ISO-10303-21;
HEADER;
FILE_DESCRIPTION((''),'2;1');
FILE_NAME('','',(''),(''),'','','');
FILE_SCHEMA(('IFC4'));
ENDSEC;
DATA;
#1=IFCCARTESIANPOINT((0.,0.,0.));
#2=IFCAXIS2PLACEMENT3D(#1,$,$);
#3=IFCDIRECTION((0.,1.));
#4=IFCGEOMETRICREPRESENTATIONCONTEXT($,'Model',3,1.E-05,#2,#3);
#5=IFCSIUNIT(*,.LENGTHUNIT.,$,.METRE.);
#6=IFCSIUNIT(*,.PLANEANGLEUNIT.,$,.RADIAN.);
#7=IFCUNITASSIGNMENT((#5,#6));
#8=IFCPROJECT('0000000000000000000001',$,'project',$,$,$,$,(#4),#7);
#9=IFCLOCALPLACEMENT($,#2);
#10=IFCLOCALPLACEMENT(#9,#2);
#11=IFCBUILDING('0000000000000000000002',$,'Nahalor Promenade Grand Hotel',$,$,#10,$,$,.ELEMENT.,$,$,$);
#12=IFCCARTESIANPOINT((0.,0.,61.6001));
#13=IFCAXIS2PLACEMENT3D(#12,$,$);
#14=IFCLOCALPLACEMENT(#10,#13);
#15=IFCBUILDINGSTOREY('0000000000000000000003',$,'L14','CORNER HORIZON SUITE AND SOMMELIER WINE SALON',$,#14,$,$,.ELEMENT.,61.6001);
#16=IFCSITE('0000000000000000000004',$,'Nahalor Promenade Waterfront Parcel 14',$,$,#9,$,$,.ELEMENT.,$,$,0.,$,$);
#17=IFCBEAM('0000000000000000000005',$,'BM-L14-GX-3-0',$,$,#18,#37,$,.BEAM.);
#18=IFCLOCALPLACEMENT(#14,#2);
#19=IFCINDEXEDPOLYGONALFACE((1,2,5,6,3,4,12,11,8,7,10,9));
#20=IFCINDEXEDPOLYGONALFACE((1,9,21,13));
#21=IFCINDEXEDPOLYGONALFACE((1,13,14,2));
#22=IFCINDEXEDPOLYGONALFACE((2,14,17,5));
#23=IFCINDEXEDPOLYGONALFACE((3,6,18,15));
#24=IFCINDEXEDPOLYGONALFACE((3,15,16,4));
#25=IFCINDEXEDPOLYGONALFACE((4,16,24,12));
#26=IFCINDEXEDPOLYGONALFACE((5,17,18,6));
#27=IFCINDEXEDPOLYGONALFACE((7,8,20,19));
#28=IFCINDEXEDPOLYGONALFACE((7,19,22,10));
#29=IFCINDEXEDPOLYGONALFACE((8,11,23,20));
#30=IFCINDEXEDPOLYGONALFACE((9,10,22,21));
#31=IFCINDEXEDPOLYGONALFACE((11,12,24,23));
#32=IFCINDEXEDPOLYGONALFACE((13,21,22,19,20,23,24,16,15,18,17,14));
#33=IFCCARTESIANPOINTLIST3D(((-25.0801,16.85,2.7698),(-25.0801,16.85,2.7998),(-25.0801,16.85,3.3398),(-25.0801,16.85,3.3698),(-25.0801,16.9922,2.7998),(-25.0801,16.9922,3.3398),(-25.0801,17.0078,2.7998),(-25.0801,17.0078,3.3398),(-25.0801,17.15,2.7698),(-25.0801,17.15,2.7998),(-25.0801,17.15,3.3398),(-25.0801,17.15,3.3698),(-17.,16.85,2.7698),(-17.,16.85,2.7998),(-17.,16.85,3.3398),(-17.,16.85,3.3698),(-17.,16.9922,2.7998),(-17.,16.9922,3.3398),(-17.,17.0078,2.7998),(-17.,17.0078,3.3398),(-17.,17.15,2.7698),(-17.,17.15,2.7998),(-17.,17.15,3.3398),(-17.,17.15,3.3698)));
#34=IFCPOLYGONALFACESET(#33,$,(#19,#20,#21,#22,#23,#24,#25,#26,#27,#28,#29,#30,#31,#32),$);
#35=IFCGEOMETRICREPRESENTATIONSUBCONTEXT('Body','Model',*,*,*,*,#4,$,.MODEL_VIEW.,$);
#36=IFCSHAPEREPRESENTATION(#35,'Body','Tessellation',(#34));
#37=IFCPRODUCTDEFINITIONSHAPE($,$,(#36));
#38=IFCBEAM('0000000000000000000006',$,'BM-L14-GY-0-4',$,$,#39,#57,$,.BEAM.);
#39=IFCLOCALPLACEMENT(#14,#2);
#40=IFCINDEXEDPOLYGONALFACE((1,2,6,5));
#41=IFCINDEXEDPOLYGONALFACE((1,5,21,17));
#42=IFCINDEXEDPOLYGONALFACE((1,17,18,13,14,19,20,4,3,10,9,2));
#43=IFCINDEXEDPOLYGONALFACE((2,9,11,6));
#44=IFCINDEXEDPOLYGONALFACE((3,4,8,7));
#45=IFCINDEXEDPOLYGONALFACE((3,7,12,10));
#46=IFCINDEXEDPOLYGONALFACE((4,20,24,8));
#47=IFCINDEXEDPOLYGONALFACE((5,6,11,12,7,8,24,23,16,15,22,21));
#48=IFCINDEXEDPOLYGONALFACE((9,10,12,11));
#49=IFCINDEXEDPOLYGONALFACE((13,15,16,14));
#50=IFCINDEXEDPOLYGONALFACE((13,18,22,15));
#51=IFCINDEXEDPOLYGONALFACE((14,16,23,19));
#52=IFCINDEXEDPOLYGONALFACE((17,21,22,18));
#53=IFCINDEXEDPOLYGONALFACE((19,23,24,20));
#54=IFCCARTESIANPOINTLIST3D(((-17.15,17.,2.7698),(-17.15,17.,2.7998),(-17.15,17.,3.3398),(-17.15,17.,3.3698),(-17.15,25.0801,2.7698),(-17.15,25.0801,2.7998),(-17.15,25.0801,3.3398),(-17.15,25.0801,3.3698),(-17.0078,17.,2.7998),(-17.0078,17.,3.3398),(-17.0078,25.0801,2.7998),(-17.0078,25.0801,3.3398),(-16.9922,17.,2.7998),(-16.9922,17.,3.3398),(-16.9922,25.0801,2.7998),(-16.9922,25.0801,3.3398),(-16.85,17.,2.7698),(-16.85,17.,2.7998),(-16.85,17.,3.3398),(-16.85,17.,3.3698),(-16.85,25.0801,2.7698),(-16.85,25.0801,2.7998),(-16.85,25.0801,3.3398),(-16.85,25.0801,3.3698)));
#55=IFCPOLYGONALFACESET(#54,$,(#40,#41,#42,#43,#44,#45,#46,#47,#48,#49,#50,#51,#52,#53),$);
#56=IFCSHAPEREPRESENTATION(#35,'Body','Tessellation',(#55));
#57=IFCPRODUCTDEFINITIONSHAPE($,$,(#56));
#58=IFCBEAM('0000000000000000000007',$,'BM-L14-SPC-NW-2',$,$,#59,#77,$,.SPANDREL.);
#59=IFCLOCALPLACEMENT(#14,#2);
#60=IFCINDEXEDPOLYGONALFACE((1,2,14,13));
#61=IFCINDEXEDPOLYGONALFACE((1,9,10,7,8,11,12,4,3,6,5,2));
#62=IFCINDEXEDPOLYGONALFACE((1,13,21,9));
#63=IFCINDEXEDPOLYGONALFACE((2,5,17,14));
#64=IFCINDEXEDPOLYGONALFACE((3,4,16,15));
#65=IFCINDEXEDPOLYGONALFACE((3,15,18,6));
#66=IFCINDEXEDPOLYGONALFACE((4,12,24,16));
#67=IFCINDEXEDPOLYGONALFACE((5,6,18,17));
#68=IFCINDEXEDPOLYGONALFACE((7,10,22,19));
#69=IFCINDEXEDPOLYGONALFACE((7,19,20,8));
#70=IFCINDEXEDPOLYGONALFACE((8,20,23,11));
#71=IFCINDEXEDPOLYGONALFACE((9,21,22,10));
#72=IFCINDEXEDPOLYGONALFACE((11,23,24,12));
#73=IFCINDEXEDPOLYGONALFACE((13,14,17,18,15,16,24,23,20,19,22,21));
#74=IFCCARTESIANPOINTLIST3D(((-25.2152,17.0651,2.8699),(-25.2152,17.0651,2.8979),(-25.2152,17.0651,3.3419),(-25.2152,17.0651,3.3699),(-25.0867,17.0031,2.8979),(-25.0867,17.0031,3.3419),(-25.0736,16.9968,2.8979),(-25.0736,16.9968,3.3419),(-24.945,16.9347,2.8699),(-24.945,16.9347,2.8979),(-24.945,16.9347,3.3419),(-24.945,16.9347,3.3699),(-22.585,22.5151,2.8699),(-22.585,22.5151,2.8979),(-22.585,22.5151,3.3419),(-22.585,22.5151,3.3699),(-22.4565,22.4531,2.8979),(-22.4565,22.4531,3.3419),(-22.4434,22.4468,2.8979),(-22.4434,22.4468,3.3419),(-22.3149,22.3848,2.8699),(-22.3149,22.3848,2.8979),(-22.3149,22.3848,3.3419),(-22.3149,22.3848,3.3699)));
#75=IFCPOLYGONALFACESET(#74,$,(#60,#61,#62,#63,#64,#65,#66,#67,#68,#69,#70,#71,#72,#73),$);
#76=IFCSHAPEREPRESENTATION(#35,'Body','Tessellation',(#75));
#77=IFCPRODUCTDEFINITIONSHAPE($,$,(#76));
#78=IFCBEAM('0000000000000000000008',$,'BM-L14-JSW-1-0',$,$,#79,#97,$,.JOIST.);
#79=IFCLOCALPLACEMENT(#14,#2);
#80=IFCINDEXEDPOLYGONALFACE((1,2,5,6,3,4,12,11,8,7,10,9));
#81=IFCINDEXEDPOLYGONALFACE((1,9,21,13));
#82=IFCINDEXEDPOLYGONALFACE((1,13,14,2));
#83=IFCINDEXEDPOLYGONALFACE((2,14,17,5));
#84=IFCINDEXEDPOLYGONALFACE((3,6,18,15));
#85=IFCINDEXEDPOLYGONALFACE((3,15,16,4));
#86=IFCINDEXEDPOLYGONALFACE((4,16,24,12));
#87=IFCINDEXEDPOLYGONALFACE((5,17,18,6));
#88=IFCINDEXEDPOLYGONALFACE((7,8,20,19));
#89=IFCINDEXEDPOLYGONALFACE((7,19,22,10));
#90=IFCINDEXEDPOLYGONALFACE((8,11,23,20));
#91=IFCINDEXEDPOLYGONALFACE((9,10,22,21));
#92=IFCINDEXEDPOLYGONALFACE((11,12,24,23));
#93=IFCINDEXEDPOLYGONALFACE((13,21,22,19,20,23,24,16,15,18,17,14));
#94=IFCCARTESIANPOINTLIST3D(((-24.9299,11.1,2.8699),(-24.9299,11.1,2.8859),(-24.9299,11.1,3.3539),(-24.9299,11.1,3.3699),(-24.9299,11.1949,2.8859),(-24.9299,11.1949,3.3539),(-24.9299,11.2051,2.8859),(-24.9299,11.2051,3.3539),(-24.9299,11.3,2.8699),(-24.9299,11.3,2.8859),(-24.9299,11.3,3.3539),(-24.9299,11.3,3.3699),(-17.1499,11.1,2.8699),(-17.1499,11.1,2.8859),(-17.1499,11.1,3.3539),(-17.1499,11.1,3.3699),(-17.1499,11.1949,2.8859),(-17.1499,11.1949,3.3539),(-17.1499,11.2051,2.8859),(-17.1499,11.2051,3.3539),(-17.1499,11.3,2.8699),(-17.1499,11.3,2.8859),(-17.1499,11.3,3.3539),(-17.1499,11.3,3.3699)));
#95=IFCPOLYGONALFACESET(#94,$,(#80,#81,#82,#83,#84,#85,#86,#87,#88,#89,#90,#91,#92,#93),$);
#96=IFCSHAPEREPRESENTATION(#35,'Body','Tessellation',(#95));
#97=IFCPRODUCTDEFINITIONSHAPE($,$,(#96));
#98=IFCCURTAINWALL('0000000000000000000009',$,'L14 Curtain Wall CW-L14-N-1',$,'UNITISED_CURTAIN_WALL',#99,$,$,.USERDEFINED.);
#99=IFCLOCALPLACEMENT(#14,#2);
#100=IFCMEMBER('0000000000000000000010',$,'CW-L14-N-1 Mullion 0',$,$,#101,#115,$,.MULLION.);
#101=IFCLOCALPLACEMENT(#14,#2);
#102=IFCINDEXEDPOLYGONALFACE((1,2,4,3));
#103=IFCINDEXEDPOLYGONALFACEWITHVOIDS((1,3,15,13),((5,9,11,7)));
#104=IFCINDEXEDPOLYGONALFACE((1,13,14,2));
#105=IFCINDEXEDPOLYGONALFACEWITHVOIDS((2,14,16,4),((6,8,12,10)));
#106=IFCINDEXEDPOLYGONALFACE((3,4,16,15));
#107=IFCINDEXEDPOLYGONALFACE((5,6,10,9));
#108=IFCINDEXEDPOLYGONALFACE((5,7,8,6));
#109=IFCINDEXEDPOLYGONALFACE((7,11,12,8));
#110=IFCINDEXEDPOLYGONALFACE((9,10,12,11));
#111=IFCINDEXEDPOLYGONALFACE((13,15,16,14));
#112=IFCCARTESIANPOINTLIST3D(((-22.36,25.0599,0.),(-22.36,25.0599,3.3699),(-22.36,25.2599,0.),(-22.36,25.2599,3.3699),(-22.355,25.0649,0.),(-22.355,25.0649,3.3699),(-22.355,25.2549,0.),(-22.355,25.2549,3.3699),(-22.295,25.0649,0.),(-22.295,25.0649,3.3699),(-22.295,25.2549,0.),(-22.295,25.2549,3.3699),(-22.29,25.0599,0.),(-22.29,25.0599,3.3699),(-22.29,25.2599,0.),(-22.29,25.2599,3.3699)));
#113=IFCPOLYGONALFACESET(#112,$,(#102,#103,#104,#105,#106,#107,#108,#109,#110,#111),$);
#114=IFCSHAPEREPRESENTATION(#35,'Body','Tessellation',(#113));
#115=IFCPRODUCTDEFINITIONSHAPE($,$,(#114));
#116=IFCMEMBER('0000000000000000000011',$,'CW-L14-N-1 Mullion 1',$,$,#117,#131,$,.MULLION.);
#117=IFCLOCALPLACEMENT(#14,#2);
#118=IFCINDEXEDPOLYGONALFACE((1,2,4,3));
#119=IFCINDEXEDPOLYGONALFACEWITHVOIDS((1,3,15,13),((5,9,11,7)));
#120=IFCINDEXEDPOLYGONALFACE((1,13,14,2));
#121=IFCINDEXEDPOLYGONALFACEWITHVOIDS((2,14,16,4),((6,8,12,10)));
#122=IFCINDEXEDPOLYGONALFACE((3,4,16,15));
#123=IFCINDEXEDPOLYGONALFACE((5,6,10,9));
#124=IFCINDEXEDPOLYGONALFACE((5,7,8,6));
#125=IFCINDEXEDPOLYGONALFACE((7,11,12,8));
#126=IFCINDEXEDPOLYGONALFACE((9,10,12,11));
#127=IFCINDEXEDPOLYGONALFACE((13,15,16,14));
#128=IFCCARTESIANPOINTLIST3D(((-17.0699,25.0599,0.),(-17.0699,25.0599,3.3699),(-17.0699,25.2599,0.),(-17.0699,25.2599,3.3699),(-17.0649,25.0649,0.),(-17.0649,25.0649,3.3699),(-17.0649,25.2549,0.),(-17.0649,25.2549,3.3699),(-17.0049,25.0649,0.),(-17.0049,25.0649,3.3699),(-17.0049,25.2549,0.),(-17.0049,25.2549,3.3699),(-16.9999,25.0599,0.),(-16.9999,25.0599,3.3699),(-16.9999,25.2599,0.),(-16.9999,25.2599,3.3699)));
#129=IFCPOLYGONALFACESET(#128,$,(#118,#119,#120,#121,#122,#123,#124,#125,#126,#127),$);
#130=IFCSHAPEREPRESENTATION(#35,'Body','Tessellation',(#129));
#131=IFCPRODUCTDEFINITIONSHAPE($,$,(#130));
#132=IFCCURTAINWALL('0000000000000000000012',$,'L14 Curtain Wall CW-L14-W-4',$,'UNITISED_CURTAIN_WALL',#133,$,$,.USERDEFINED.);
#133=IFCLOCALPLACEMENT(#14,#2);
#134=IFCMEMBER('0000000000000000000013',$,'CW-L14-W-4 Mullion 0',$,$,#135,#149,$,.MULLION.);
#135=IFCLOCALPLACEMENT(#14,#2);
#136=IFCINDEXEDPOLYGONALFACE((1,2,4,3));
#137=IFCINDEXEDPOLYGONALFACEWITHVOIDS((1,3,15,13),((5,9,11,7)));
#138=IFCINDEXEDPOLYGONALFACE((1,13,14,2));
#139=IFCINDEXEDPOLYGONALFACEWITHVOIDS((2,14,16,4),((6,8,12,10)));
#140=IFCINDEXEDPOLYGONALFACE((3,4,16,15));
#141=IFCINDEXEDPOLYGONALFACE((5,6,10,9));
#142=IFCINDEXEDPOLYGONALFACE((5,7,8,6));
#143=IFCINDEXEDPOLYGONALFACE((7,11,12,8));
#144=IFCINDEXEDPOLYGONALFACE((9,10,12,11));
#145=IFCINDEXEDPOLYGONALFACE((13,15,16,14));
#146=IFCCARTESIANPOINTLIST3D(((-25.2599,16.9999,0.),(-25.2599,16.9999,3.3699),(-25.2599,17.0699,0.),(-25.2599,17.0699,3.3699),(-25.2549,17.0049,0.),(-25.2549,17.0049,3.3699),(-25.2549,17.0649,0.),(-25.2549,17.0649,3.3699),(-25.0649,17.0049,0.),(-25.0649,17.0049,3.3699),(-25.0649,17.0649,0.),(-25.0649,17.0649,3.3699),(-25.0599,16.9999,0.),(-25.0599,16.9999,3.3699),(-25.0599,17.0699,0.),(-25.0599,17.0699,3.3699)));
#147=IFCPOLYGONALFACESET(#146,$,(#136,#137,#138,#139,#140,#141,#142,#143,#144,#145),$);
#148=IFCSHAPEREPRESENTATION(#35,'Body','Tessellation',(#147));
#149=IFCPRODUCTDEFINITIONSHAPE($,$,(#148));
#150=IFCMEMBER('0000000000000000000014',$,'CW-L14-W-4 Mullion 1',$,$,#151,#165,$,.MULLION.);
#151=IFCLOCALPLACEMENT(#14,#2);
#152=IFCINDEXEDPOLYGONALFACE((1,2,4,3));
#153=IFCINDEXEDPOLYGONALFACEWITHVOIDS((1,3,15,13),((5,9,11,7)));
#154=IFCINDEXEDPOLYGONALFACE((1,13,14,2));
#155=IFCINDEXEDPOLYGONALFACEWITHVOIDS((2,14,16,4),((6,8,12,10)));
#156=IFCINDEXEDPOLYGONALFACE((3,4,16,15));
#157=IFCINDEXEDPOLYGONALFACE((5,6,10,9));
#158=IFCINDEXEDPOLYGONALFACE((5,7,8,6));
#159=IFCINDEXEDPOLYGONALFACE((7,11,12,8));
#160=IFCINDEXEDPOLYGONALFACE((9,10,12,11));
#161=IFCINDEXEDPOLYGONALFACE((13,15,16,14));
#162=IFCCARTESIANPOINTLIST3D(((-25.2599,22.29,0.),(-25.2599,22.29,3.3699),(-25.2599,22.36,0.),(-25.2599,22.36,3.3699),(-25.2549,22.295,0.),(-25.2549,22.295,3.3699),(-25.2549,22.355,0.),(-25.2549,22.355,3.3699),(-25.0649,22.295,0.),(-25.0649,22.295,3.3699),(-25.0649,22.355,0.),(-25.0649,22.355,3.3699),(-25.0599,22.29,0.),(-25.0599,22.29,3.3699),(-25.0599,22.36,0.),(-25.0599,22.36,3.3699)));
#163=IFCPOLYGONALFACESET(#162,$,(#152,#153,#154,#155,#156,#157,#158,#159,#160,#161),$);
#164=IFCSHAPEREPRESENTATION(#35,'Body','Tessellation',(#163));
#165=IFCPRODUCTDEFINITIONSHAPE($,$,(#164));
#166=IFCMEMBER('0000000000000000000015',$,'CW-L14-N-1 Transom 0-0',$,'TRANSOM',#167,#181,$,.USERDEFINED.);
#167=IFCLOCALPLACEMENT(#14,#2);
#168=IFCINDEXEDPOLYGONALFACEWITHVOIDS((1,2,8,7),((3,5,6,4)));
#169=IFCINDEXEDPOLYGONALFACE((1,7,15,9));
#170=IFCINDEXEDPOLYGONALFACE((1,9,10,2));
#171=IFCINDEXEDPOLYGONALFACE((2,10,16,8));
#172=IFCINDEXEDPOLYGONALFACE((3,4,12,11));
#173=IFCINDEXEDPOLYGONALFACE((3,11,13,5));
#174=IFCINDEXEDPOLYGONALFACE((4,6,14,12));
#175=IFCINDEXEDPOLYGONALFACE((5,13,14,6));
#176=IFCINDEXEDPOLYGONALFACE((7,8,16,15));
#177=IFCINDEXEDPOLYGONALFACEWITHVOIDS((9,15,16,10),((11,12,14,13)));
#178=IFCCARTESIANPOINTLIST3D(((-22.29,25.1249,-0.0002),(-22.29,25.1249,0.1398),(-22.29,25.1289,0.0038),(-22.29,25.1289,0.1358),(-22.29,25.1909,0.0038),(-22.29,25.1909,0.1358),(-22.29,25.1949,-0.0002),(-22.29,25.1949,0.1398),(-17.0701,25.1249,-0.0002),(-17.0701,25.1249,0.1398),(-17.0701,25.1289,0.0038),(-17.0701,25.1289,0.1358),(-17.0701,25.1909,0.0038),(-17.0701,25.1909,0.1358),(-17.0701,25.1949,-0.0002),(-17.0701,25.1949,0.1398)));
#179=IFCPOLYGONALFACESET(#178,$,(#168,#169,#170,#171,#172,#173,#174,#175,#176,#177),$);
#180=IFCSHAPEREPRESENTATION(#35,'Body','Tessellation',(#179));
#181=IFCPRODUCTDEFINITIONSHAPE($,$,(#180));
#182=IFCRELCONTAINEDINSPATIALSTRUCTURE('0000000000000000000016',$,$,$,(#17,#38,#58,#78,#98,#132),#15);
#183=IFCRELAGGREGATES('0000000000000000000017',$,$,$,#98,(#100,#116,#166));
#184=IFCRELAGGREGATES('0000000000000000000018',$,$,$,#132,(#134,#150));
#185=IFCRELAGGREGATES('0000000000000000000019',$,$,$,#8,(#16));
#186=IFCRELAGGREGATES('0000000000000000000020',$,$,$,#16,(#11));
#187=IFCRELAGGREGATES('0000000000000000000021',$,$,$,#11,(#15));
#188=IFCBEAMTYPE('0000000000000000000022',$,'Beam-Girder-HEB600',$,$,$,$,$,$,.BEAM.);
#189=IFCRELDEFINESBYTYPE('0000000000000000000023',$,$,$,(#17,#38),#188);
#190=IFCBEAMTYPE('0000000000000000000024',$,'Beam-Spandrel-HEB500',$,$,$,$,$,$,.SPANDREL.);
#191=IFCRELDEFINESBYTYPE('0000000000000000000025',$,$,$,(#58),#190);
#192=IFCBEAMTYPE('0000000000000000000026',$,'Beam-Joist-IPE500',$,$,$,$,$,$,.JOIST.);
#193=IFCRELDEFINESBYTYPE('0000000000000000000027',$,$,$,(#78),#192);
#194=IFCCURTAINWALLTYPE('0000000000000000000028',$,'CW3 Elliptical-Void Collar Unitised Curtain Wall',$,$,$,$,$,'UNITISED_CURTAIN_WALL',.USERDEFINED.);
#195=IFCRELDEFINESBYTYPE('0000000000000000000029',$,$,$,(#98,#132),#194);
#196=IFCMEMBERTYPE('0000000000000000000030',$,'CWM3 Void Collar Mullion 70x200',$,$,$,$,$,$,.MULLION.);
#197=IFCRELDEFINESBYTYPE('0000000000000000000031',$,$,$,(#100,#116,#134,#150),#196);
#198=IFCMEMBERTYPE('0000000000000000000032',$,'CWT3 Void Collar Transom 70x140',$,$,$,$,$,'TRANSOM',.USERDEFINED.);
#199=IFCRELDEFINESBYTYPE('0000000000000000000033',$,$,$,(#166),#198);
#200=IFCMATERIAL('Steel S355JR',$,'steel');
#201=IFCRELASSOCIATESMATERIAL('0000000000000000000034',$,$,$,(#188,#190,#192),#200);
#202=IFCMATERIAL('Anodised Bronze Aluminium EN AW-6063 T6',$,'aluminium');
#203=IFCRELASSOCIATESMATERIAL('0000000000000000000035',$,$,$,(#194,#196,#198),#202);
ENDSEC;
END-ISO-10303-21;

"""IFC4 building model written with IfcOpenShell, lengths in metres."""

from ifc_helpers import new_model, si_unit, direction, frame, origin, origin_2d, place, context, subcontext, project, spatial, hollow_rectangle, i_section, extrude, source, transform, mapped, material, material_profile, profile_set, type_object, element, aggregate, save


model = new_model("IFC4")

# Units and contexts
model_context = context("Model", 3, precision=1e-05, world=origin(), true_north=direction((0.0, 1.0)))
body_context = subcontext(model_context, "Body", "Model", "MODEL_VIEW")
ifc_project = project(units=[si_unit("LENGTHUNIT", "METRE"), si_unit("PLANEANGLEUNIT", "RADIAN")], contexts=[model_context])

# Site, building, storey
site_placement = place(None, origin())
site = spatial("IfcSite", under=ifc_project, at=site_placement, Name="Nahalor Promenade Waterfront Parcel 14", CompositionType="ELEMENT", RefElevation=0.0)
building_placement = place(site_placement, origin())
building = spatial("IfcBuilding", under=site, at=building_placement, Name="Nahalor Promenade Grand Hotel", CompositionType="ELEMENT")
storey_placement = place(building_placement, frame((0.0, 0.0, 61.6001)))
storey = spatial("IfcBuildingStorey", under=building, at=storey_placement, Name="L14", Description="CORNER HORIZON SUITE AND SOMMELIER WINE SALON", CompositionType="ELEMENT", Elevation=61.6001)

# Beams
ifc_material_1 = material(Name="Steel S355JR", Category="steel")
ifc_material_profile_1 = material_profile(ifc_material_1, i_section(OverallWidth=0.3, OverallDepth=0.6, WebThickness=0.0155, FlangeThickness=0.03, at=origin_2d()), Name="HEB 600")
ifc_profile_set_1 = profile_set([ifc_material_profile_1], Name="Steel S355JR")
beam_type_1 = type_object("IfcBeamType", Name="Beam-Girder-HEB600", PredefinedType="BEAM", material=ifc_profile_set_1)
ifc_material_profile_2 = material_profile(ifc_material_1, i_section(OverallWidth=0.3, OverallDepth=0.5, WebThickness=0.0145, FlangeThickness=0.028, at=origin_2d()), Name="HEB 500")
ifc_profile_set_2 = profile_set([ifc_material_profile_2], Name="Steel S355JR")
beam_type_2 = type_object("IfcBeamType", Name="Beam-Spandrel-HEB500", PredefinedType="SPANDREL", material=ifc_profile_set_2)
shared_shape_1 = source(origin(), body_context, "Body", "SweptSolid", [
    extrude(i_section(OverallWidth=0.3, OverallDepth=0.6, WebThickness=0.0155, FlangeThickness=0.03, at=origin_2d()), origin(), (0.0, 0.0, 1.0), 8.0801),
])
for number, where, z_axis, x_axis, name in (
    (1, (-25.0801, 17.0, 3.0698), (1.0, 0.0, 0.0), (0.0, 1.0, 0.0), "BM-L14-GX-3-0"),
    (2, (-17.0, 17.0, 3.0698), (0.0, 1.0, 0.0), (-1.0, 0.0, 0.0), "BM-L14-GY-0-4"),
):
    element("IfcBeam", number, at=place(storey_placement, frame(where, z_axis=z_axis, x_axis=x_axis)), inside=storey, type_object=beam_type_1, Name=name, PredefinedType="BEAM", context=body_context, shape_type="MappedRepresentation", body=[
        mapped(shared_shape_1, transform((0.0, 0.0, 0.0), scale=1.0)),
    ])
shared_shape_2 = source(origin(), body_context, "Body", "SweptSolid", [
    extrude(i_section(OverallWidth=0.3, OverallDepth=0.5, WebThickness=0.0145, FlangeThickness=0.028, at=origin_2d()), origin(), (0.0, 0.0, 1.0), 6.0515),
])
beam_1_placement = place(storey_placement, frame((-22.45, 22.45, 3.1199), z_axis=(-0.434631, -0.900609, 0.0), x_axis=(0.900609, -0.434631, 0.0)))
element("IfcBeam", 3, at=beam_1_placement, inside=storey, type_object=beam_type_2, Name="BM-L14-SPC-NW-2", PredefinedType="SPANDREL", context=body_context, shape_type="MappedRepresentation", body=[
    mapped(shared_shape_2, transform((0.0, 0.0, 0.0), scale=1.0)),
])
ifc_material_profile_3 = material_profile(ifc_material_1, i_section(OverallWidth=0.2, OverallDepth=0.5, WebThickness=0.0102, FlangeThickness=0.016, at=origin_2d()), Name="IPE 500")
ifc_profile_set_3 = profile_set([ifc_material_profile_3], Name="Steel S355JR")
beam_type_3 = type_object("IfcBeamType", Name="Beam-Joist-IPE500", PredefinedType="JOIST", material=ifc_profile_set_3)
shared_shape_3 = source(origin(), body_context, "Body", "SweptSolid", [
    extrude(i_section(OverallWidth=0.2, OverallDepth=0.5, WebThickness=0.0102, FlangeThickness=0.016, at=origin_2d()), origin(), (0.0, 0.0, 1.0), 7.78),
])
beam_2_placement = place(storey_placement, frame((-24.9299, 11.2, 3.1199), z_axis=(1.0, 0.0, 0.0), x_axis=(0.0, 1.0, 0.0)))
element("IfcBeam", 4, at=beam_2_placement, inside=storey, type_object=beam_type_3, Name="BM-L14-JSW-1-0", PredefinedType="JOIST", context=body_context, shape_type="MappedRepresentation", body=[
    mapped(shared_shape_3, transform((0.0, 0.0, 0.0), scale=1.0)),
])

# Curtain walls, members
ifc_material_2 = material(Name="Anodised Bronze Aluminium EN AW-6063 T6", Category="aluminium")
curtain_wall_type = type_object("IfcCurtainWallType", Name="CW3 Elliptical-Void Collar Unitised Curtain Wall", ElementType="UNITISED_CURTAIN_WALL", PredefinedType="USERDEFINED", material=ifc_material_2)
curtain_wall_1_placement = place(storey_placement, origin())
curtain_wall_1 = element("IfcCurtainWall", 5, at=curtain_wall_1_placement, inside=storey, type_object=curtain_wall_type, Name="L14 Curtain Wall CW-L14-N-1", ObjectType="UNITISED_CURTAIN_WALL", PredefinedType="USERDEFINED")
ifc_material_profile_4 = material_profile(ifc_material_2, hollow_rectangle(XDim=0.07, YDim=0.2, WallThickness=0.005, at=origin_2d()), Name="CWM 70x200x5")
ifc_profile_set_4 = profile_set([ifc_material_profile_4], Name="Anodised Bronze Aluminium EN AW-6063 T6")
member_type_1 = type_object("IfcMemberType", Name="CWM3 Void Collar Mullion 70x200", PredefinedType="MULLION", material=ifc_profile_set_4)
shared_shape_4 = source(origin(), body_context, "Body", "SweptSolid", [
    extrude(hollow_rectangle(XDim=0.07, YDim=0.2, WallThickness=0.005, at=origin_2d()), origin(), (0.0, 0.0, 1.0), 3.3699),
])
member_1_placement = place(storey_placement, frame((-22.325, 25.1599, 0.0), z_axis=(0.0, 0.0, 1.0), x_axis=(1.0, 0.0, 0.0)))
member_1 = element("IfcMember", 6, at=member_1_placement, type_object=member_type_1, Name="CW-L14-N-1 Mullion 0", PredefinedType="MULLION", context=body_context, shape_type="MappedRepresentation", body=[
    mapped(shared_shape_4, transform((0.0, 0.0, 0.0), scale=1.0)),
])
member_2_placement = place(storey_placement, frame((-17.0349, 25.1599, 0.0), z_axis=(0.0, 0.0, 1.0), x_axis=(1.0, 0.0, 0.0)))
member_2 = element("IfcMember", 7, at=member_2_placement, type_object=member_type_1, Name="CW-L14-N-1 Mullion 1", PredefinedType="MULLION", context=body_context, shape_type="MappedRepresentation", body=[
    mapped(shared_shape_4, transform((0.0, 0.0, 0.0), scale=1.0)),
])
curtain_wall_2_placement = place(storey_placement, origin())
curtain_wall_2 = element("IfcCurtainWall", 8, at=curtain_wall_2_placement, inside=storey, type_object=curtain_wall_type, Name="L14 Curtain Wall CW-L14-W-4", ObjectType="UNITISED_CURTAIN_WALL", PredefinedType="USERDEFINED")
member_3_placement = place(storey_placement, frame((-25.1599, 17.0349, 0.0), z_axis=(0.0, 0.0, 1.0), x_axis=(0.0, 1.0, 0.0)))
member_3 = element("IfcMember", 9, at=member_3_placement, type_object=member_type_1, Name="CW-L14-W-4 Mullion 0", PredefinedType="MULLION", context=body_context, shape_type="MappedRepresentation", body=[
    mapped(shared_shape_4, transform((0.0, 0.0, 0.0), scale=1.0)),
])
member_4_placement = place(storey_placement, frame((-25.1599, 22.325, 0.0), z_axis=(0.0, 0.0, 1.0), x_axis=(0.0, 1.0, 0.0)))
member_4 = element("IfcMember", 10, at=member_4_placement, type_object=member_type_1, Name="CW-L14-W-4 Mullion 1", PredefinedType="MULLION", context=body_context, shape_type="MappedRepresentation", body=[
    mapped(shared_shape_4, transform((0.0, 0.0, 0.0), scale=1.0)),
])

# Member
ifc_material_profile_5 = material_profile(ifc_material_2, hollow_rectangle(XDim=0.07, YDim=0.14, WallThickness=0.004, at=origin_2d()), Name="CWT 70x140x4")
ifc_profile_set_5 = profile_set([ifc_material_profile_5], Name="Anodised Bronze Aluminium EN AW-6063 T6")
member_type_2 = type_object("IfcMemberType", Name="CWT3 Void Collar Transom 70x140", ElementType="TRANSOM", PredefinedType="USERDEFINED", material=ifc_profile_set_5)
shared_shape_5 = source(origin(), body_context, "Body", "SweptSolid", [
    extrude(hollow_rectangle(XDim=0.07, YDim=0.14, WallThickness=0.004, at=origin_2d()), origin(), (0.0, 0.0, 1.0), 5.22),
])
member_5_placement = place(storey_placement, frame((-22.29, 25.1599, 0.0698), z_axis=(1.0, 0.0, 0.0), x_axis=(0.0, 1.0, 0.0)))
member_5 = element("IfcMember", 11, at=member_5_placement, type_object=member_type_2, Name="CW-L14-N-1 Transom 0-0", ObjectType="TRANSOM", PredefinedType="USERDEFINED", context=body_context, shape_type="MappedRepresentation", body=[
    mapped(shared_shape_5, transform((0.0, 0.0, 0.0), scale=1.0)),
])

aggregate(curtain_wall_1, [member_1, member_2, member_5])
aggregate(curtain_wall_2, [member_3, member_4])

save(model, "model.ifc")
